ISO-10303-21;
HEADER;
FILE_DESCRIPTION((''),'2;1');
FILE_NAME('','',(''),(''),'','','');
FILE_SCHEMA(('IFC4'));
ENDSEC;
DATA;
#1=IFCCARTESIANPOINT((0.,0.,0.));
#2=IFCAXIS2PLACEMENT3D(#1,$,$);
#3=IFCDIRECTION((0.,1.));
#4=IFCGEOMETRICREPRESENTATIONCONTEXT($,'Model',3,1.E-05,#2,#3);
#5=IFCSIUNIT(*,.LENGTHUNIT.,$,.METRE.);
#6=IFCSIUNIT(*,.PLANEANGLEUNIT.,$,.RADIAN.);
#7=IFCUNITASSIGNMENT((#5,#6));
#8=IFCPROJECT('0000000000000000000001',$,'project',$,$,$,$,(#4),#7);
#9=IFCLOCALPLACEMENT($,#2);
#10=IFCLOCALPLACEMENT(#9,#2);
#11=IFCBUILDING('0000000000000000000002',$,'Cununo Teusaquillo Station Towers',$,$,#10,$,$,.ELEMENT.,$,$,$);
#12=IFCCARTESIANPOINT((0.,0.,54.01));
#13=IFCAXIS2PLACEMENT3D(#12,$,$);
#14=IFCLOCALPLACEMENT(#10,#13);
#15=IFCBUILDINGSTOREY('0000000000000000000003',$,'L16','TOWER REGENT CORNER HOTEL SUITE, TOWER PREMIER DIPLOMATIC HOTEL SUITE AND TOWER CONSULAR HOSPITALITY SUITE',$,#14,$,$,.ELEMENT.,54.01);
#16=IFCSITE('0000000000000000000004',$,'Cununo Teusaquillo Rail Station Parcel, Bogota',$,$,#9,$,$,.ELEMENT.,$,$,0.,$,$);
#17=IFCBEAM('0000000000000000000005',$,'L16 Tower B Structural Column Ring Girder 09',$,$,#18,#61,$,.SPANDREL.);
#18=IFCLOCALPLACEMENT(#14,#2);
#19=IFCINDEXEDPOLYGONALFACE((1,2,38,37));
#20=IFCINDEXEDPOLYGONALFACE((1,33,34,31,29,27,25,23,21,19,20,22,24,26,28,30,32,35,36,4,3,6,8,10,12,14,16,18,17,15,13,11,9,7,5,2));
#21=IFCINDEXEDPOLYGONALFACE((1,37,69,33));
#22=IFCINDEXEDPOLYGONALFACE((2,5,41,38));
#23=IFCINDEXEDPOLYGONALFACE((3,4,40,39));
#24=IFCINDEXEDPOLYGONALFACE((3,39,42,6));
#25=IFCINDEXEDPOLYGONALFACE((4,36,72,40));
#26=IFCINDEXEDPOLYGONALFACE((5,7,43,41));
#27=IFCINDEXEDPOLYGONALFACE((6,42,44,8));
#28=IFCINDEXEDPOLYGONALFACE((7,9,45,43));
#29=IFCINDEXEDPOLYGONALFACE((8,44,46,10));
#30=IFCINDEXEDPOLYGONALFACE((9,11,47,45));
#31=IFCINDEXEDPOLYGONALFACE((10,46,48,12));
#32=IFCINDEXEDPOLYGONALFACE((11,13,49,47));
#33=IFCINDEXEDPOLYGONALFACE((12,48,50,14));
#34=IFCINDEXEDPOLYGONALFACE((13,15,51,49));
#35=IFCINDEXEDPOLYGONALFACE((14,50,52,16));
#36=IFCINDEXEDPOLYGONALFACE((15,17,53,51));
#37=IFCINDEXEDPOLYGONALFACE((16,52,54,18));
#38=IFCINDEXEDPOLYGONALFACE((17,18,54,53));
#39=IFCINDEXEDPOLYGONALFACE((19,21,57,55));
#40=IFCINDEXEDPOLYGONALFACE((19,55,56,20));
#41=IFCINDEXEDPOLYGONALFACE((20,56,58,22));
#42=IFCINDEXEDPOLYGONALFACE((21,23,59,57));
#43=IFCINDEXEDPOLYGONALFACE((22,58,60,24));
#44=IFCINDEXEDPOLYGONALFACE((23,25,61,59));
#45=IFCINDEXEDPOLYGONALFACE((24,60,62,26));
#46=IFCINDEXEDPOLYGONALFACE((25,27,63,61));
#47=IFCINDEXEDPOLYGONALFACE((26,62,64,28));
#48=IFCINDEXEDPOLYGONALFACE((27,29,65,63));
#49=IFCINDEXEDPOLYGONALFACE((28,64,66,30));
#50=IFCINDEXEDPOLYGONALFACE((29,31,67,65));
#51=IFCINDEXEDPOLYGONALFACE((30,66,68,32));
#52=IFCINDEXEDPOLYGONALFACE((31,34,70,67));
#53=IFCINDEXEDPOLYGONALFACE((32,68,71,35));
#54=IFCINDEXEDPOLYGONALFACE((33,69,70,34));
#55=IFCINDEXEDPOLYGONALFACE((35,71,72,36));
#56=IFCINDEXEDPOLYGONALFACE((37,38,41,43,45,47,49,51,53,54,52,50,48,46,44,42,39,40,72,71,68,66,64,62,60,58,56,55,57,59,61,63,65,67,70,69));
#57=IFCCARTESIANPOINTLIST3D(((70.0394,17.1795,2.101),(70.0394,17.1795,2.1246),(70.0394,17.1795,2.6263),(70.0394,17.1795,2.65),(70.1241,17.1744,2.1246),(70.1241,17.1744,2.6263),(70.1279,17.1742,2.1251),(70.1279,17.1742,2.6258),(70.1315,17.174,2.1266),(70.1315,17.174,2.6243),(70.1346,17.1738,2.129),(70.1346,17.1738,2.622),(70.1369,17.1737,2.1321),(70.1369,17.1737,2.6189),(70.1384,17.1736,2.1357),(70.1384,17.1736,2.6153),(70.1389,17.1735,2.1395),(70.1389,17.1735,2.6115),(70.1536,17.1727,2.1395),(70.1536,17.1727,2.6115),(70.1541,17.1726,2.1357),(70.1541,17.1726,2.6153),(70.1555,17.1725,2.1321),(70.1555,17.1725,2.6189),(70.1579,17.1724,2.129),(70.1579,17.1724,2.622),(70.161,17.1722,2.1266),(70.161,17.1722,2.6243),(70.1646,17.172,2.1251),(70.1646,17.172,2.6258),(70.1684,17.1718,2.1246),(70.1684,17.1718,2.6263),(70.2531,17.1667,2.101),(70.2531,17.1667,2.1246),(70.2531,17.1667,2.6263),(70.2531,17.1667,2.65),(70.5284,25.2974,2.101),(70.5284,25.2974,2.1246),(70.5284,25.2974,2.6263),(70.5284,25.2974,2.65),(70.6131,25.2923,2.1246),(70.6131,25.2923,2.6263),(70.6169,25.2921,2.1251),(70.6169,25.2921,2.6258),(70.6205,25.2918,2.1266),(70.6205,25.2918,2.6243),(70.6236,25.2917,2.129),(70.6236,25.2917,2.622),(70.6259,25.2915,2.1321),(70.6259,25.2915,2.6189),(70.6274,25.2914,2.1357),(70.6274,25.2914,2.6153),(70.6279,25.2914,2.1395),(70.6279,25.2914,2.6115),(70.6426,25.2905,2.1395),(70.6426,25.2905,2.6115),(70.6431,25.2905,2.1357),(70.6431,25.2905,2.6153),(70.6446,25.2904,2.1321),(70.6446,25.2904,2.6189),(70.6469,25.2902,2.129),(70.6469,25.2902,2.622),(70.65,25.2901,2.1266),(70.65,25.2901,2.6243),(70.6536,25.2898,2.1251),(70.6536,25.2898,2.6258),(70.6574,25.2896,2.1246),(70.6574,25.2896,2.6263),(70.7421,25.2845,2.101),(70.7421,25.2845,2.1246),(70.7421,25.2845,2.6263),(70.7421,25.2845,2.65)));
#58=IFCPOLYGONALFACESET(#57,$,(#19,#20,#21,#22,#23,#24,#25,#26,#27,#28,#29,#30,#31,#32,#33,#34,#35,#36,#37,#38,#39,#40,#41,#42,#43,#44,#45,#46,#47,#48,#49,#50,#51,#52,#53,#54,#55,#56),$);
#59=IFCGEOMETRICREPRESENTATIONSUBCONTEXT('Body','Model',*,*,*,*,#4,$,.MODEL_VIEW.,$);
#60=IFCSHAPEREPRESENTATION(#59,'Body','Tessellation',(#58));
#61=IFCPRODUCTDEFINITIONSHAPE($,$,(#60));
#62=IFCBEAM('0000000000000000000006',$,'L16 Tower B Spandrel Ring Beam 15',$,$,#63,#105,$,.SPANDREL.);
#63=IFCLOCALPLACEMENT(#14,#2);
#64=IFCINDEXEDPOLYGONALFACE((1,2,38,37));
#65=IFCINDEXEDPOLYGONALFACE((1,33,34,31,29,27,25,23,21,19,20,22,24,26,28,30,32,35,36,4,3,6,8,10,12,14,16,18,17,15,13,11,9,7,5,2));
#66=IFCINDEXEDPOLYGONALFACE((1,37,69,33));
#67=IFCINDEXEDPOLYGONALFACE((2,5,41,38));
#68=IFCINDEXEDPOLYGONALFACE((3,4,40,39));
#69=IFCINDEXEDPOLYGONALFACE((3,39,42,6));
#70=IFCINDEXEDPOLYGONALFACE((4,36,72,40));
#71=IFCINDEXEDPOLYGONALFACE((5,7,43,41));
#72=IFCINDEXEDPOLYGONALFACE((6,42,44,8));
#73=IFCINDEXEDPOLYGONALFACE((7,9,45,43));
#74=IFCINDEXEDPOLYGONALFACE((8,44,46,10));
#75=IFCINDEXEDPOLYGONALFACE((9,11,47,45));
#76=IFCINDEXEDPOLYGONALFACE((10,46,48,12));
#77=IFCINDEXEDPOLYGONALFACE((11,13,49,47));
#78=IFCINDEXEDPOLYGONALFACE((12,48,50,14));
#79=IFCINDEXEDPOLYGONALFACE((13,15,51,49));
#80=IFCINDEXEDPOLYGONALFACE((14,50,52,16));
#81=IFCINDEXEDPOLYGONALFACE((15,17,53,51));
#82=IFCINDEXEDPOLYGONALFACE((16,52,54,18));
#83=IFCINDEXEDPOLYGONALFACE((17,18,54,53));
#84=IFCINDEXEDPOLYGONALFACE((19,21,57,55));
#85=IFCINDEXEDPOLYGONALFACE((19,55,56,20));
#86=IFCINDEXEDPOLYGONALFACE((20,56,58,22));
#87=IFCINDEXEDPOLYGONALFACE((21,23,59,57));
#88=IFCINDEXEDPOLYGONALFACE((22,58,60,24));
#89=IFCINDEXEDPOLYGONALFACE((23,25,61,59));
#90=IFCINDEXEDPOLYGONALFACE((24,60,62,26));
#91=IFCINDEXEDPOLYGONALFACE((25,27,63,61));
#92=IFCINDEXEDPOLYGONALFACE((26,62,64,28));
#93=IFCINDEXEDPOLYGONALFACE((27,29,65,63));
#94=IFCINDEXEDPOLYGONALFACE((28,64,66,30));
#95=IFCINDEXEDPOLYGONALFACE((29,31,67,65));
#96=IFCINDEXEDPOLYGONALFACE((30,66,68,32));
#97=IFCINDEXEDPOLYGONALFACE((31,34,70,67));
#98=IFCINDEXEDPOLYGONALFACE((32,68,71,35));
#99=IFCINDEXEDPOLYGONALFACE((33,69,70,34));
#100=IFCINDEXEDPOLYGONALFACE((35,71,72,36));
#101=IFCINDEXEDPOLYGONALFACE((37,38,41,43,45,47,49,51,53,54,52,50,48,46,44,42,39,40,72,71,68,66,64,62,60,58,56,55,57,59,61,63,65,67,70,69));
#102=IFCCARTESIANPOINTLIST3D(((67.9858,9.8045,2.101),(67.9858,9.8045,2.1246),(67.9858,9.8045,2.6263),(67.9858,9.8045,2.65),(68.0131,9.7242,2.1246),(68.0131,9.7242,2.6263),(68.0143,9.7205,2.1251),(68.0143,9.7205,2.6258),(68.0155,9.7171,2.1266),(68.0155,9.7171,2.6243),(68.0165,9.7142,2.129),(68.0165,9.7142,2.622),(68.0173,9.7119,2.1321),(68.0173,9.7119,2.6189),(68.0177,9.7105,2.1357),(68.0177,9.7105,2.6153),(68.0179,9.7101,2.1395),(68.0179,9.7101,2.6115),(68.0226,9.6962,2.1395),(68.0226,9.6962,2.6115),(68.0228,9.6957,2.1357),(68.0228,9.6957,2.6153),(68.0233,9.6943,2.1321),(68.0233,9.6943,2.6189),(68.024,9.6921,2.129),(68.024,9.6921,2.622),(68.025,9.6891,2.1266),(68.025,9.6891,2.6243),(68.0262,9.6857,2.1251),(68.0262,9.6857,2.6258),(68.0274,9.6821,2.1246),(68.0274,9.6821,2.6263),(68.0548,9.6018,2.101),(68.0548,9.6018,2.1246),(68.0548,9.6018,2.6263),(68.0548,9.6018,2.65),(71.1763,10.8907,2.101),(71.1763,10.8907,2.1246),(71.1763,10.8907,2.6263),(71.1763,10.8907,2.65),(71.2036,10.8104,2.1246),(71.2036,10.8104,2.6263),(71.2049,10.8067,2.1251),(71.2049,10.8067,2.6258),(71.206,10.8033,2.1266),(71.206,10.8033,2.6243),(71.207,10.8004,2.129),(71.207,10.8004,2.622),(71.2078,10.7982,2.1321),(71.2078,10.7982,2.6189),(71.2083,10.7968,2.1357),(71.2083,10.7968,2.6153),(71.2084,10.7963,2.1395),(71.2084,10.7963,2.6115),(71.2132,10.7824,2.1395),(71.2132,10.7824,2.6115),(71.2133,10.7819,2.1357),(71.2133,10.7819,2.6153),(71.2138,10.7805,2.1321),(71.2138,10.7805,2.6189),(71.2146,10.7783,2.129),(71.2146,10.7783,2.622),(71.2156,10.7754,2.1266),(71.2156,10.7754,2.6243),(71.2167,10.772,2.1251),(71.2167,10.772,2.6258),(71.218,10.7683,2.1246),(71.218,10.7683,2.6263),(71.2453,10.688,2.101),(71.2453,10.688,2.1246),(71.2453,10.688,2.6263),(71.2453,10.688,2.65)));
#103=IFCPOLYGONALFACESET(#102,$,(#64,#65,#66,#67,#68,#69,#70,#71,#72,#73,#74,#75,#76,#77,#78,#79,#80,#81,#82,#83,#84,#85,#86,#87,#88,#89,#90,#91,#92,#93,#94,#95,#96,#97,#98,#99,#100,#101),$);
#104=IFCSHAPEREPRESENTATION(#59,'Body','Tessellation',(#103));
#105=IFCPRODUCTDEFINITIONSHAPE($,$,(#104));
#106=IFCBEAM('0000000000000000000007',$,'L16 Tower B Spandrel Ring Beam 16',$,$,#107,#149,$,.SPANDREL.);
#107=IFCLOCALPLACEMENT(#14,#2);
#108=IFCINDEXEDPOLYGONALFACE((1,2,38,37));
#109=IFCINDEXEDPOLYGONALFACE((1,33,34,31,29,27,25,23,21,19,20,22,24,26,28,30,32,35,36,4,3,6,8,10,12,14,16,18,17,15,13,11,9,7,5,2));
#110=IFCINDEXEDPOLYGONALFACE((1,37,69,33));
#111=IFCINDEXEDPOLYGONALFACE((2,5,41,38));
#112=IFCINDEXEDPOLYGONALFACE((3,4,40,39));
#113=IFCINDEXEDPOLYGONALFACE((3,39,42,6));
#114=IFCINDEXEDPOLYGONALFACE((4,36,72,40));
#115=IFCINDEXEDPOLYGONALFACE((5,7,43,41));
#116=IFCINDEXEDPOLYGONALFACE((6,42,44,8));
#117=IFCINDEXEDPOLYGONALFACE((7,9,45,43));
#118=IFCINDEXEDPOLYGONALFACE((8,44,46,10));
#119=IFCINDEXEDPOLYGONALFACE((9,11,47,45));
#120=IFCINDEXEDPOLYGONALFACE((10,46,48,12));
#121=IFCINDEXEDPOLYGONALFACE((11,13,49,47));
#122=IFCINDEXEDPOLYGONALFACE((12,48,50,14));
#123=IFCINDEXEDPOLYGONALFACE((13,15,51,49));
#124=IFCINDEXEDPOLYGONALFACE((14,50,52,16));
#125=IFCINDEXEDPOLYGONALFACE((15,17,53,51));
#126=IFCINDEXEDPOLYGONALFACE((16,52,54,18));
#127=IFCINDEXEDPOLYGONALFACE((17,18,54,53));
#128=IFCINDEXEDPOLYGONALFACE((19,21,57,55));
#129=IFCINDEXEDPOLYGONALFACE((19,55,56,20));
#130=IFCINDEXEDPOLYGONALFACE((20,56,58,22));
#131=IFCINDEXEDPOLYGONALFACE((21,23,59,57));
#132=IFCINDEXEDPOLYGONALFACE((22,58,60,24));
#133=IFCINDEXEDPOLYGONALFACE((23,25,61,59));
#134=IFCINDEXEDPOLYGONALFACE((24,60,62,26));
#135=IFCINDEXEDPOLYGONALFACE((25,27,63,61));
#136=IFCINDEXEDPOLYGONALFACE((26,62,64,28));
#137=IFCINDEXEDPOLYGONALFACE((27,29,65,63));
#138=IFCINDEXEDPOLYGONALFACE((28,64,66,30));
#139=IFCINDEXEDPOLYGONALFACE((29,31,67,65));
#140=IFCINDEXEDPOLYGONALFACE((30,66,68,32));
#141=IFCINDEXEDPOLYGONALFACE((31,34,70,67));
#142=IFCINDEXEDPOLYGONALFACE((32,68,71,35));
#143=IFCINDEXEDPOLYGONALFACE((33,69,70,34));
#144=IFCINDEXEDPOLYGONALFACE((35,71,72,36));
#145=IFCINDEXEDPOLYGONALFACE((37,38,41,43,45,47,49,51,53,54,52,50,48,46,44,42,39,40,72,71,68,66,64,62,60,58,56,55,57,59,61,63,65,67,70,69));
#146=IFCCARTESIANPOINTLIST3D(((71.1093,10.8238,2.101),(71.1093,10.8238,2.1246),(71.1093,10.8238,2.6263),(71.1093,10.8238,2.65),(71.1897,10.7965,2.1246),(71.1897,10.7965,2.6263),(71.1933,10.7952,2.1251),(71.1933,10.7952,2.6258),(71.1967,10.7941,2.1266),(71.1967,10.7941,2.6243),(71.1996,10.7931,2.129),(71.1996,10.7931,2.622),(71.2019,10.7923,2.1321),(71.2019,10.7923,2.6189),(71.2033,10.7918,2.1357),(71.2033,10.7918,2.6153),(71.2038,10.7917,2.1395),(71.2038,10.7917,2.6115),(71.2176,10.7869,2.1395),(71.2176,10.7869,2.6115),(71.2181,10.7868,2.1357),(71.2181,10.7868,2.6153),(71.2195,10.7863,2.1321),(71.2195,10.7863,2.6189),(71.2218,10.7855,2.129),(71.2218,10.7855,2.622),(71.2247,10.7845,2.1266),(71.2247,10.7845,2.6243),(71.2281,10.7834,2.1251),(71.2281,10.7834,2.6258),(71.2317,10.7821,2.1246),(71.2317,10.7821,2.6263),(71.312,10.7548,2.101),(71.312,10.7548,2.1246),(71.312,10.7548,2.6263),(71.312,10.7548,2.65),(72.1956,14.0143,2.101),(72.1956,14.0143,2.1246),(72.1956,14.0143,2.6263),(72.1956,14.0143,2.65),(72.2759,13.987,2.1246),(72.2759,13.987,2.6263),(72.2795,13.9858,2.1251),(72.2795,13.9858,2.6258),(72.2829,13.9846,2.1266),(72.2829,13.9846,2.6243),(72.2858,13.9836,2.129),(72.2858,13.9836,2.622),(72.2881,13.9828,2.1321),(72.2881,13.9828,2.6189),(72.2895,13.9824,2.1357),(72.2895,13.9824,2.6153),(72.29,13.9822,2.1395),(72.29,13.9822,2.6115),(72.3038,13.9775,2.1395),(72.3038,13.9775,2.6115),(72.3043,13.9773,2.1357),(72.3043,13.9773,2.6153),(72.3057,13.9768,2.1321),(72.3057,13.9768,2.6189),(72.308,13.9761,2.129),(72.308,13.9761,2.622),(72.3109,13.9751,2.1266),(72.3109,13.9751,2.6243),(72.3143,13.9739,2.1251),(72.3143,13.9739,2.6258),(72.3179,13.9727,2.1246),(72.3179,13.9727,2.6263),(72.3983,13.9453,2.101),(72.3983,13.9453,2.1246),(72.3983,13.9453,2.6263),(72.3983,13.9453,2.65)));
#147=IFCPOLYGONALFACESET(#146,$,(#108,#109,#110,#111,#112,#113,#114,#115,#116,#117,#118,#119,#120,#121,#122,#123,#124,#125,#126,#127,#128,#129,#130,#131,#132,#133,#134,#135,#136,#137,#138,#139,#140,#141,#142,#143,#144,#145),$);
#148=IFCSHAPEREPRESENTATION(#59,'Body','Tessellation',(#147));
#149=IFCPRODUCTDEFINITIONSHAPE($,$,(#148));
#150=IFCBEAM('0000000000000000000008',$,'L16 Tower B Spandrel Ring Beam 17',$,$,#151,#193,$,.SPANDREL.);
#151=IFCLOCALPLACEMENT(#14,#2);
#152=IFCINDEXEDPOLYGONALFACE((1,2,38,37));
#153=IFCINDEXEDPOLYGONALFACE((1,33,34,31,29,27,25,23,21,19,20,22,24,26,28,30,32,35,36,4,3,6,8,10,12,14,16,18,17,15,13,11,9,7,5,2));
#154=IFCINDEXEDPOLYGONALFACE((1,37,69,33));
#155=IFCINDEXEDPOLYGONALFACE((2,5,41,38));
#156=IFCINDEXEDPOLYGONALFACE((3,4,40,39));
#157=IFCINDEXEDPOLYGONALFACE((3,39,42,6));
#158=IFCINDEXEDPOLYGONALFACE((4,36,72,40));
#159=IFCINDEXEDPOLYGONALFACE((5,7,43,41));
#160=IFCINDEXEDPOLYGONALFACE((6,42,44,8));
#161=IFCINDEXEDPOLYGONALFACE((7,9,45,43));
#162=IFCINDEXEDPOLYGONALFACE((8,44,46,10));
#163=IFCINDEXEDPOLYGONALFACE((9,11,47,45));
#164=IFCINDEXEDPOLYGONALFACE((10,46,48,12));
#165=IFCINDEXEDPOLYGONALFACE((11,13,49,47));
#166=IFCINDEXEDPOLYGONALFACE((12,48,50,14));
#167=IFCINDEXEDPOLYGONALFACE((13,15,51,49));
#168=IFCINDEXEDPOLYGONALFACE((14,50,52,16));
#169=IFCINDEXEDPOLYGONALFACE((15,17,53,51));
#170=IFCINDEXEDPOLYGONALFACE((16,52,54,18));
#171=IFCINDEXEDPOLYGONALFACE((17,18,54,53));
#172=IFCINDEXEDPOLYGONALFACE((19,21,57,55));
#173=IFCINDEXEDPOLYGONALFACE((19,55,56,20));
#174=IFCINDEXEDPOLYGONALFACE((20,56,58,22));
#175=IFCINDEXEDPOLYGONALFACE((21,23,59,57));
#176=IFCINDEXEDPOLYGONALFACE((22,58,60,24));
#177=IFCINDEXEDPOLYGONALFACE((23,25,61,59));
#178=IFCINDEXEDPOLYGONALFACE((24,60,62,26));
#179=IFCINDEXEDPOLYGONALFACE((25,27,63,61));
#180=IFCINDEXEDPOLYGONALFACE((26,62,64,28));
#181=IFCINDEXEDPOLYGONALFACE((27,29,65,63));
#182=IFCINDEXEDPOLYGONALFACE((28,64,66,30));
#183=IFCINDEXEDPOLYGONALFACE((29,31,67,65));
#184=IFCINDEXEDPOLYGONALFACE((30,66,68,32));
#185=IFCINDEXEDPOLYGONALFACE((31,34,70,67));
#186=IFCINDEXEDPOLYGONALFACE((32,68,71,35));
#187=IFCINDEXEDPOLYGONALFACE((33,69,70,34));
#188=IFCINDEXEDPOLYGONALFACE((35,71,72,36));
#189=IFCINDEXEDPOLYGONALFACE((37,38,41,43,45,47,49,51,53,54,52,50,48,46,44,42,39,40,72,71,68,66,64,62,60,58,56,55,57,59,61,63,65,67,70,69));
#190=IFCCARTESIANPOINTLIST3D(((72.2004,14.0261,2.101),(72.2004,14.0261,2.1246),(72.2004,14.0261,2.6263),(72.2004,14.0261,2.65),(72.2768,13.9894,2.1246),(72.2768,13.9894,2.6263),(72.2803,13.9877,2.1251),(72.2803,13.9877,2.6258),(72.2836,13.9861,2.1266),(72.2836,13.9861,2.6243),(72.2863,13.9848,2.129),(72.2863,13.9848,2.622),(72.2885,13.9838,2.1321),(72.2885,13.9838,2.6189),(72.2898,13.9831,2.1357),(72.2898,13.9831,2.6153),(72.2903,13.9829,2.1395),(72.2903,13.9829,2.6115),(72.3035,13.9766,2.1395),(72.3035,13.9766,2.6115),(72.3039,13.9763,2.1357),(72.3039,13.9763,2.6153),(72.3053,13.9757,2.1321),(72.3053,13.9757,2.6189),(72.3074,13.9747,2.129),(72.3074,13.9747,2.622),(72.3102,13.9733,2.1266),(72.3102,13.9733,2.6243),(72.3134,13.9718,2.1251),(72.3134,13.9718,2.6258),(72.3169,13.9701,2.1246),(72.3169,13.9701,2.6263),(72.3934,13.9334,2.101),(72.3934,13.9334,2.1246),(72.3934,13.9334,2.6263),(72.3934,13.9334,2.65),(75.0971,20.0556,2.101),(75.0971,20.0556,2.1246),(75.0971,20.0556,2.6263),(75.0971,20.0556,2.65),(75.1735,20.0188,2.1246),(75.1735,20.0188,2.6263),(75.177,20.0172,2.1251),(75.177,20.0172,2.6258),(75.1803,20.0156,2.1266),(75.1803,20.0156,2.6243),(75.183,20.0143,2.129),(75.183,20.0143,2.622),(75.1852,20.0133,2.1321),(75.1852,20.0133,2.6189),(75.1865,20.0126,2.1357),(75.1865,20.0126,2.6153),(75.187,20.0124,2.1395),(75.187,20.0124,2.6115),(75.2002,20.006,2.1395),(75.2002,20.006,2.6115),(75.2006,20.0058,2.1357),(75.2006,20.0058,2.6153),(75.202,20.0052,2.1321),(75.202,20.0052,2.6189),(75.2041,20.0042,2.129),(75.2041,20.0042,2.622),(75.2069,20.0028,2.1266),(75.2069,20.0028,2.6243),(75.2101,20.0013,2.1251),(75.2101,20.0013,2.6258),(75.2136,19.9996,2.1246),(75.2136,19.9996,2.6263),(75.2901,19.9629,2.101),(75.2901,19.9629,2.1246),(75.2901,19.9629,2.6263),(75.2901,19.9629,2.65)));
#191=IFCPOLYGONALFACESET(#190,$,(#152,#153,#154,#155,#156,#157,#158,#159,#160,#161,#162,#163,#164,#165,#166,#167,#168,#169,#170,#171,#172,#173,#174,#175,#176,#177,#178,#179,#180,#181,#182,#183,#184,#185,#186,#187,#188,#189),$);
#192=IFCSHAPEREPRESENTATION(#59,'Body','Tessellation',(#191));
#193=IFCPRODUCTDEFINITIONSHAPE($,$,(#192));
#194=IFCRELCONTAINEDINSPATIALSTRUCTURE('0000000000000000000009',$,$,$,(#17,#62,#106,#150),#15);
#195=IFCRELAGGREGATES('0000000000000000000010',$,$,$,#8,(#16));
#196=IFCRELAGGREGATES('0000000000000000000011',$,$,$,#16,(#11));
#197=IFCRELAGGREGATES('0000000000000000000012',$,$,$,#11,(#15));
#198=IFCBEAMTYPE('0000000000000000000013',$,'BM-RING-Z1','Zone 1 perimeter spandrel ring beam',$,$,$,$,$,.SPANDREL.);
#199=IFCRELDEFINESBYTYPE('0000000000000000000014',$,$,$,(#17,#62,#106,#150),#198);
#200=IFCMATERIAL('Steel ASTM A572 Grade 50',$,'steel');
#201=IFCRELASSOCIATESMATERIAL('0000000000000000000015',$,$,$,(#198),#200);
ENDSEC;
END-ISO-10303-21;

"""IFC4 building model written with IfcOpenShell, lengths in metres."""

from ifc_helpers import new_model, si_unit, direction, frame, origin, origin_2d, place, context, subcontext, project, spatial, i_section, extrude, material, material_profile, profile_set, type_object, element, save


model = new_model("IFC4")

# Units and contexts
model_context = context("Model", 3, precision=1e-05, world=origin(), true_north=direction((0.0, 1.0)))
body_context = subcontext(model_context, "Body", "Model", "MODEL_VIEW")
ifc_project = project(units=[si_unit("LENGTHUNIT", "METRE"), si_unit("PLANEANGLEUNIT", "RADIAN")], contexts=[model_context])

# Site, building, storey
site_placement = place(None, origin())
site = spatial("IfcSite", under=ifc_project, at=site_placement, Name="Cununo Teusaquillo Rail Station Parcel, Bogota", CompositionType="ELEMENT", RefElevation=0.0)
building_placement = place(site_placement, origin())
building = spatial("IfcBuilding", under=site, at=building_placement, Name="Cununo Teusaquillo Station Towers", CompositionType="ELEMENT")
storey_placement = place(building_placement, frame((0.0, 0.0, 54.01)))
storey = spatial("IfcBuildingStorey", under=building, at=storey_placement, Name="L16", Description="TOWER REGENT CORNER HOTEL SUITE, TOWER PREMIER DIPLOMATIC HOTEL SUITE AND TOWER CONSULAR HOSPITALITY SUITE", CompositionType="ELEMENT", Elevation=54.01)

# Beams
ifc_material_1 = material(Name="Steel ASTM A572 Grade 50", Category="steel")
ifc_material_profile_1 = material_profile(ifc_material_1, i_section(OverallWidth=0.2141, OverallDepth=0.5491, WebThickness=0.0146, FlangeThickness=0.0237, FilletRadius=0.0149, at=origin_2d()), Name="W21X93")
ifc_profile_set_1 = profile_set([ifc_material_profile_1], Name="Steel ASTM A572 Grade 50")
beam_type_1 = type_object("IfcBeamType", Name="BM-RING-Z1", Description="Zone 1 perimeter spandrel ring beam", PredefinedType="SPANDREL", material=ifc_profile_set_1)
beam_1_placement = place(storey_placement, frame((70.1462, 17.1731, 2.3755), z_axis=(0.06013, 0.998191, 0.0), x_axis=(-0.998191, 0.06013, 0.0)))
element("IfcBeam", 1, at=beam_1_placement, inside=storey, type_object=beam_type_1, Name="L16 Tower B Structural Column Ring Girder 09", PredefinedType="SPANDREL", context=body_context, shape_type="SweptSolid", body=[
    extrude(i_section(OverallWidth=0.2141, OverallDepth=0.5491, WebThickness=0.0146, FlangeThickness=0.0237, FilletRadius=0.0149, at=origin_2d()), origin(), (0.0, 0.0, 1.0), 8.1326),
])
for number, where, z_axis, x_axis, name in (
    (2, (68.0203, 9.7031, 2.3755), (0.946643, 0.322285, 0.0), (-0.322285, 0.946643, 0.0), "L16 Tower B Spandrel Ring Beam 15"),
    (3, (71.2107, 10.7893, 2.3755), (0.322285, 0.946643, 0.0), (-0.946643, 0.322285, 0.0), "L16 Tower B Spandrel Ring Beam 16"),
):
    element("IfcBeam", number, at=place(storey_placement, frame(where, z_axis=z_axis, x_axis=x_axis)), inside=storey, type_object=beam_type_1, Name=name, PredefinedType="SPANDREL", context=body_context, shape_type="SweptSolid", body=[
        extrude(i_section(OverallWidth=0.2141, OverallDepth=0.5491, WebThickness=0.0146, FlangeThickness=0.0237, FilletRadius=0.0149, at=origin_2d()), origin(), (0.0, 0.0, 1.0), 3.3704),
    ])
beam_2_placement = place(storey_placement, frame((72.2969, 13.9797, 2.3755), z_axis=(0.433041, 0.901374, 0.0), x_axis=(-0.901374, 0.433041, 0.0)))
element("IfcBeam", 4, at=beam_2_placement, inside=storey, type_object=beam_type_1, Name="L16 Tower B Spandrel Ring Beam 17", PredefinedType="SPANDREL", context=body_context, shape_type="SweptSolid", body=[
    extrude(i_section(OverallWidth=0.2141, OverallDepth=0.5491, WebThickness=0.0146, FlangeThickness=0.0237, FilletRadius=0.0149, at=origin_2d()), origin(), (0.0, 0.0, 1.0), 6.6892),
])

save(model, "model.ifc")
